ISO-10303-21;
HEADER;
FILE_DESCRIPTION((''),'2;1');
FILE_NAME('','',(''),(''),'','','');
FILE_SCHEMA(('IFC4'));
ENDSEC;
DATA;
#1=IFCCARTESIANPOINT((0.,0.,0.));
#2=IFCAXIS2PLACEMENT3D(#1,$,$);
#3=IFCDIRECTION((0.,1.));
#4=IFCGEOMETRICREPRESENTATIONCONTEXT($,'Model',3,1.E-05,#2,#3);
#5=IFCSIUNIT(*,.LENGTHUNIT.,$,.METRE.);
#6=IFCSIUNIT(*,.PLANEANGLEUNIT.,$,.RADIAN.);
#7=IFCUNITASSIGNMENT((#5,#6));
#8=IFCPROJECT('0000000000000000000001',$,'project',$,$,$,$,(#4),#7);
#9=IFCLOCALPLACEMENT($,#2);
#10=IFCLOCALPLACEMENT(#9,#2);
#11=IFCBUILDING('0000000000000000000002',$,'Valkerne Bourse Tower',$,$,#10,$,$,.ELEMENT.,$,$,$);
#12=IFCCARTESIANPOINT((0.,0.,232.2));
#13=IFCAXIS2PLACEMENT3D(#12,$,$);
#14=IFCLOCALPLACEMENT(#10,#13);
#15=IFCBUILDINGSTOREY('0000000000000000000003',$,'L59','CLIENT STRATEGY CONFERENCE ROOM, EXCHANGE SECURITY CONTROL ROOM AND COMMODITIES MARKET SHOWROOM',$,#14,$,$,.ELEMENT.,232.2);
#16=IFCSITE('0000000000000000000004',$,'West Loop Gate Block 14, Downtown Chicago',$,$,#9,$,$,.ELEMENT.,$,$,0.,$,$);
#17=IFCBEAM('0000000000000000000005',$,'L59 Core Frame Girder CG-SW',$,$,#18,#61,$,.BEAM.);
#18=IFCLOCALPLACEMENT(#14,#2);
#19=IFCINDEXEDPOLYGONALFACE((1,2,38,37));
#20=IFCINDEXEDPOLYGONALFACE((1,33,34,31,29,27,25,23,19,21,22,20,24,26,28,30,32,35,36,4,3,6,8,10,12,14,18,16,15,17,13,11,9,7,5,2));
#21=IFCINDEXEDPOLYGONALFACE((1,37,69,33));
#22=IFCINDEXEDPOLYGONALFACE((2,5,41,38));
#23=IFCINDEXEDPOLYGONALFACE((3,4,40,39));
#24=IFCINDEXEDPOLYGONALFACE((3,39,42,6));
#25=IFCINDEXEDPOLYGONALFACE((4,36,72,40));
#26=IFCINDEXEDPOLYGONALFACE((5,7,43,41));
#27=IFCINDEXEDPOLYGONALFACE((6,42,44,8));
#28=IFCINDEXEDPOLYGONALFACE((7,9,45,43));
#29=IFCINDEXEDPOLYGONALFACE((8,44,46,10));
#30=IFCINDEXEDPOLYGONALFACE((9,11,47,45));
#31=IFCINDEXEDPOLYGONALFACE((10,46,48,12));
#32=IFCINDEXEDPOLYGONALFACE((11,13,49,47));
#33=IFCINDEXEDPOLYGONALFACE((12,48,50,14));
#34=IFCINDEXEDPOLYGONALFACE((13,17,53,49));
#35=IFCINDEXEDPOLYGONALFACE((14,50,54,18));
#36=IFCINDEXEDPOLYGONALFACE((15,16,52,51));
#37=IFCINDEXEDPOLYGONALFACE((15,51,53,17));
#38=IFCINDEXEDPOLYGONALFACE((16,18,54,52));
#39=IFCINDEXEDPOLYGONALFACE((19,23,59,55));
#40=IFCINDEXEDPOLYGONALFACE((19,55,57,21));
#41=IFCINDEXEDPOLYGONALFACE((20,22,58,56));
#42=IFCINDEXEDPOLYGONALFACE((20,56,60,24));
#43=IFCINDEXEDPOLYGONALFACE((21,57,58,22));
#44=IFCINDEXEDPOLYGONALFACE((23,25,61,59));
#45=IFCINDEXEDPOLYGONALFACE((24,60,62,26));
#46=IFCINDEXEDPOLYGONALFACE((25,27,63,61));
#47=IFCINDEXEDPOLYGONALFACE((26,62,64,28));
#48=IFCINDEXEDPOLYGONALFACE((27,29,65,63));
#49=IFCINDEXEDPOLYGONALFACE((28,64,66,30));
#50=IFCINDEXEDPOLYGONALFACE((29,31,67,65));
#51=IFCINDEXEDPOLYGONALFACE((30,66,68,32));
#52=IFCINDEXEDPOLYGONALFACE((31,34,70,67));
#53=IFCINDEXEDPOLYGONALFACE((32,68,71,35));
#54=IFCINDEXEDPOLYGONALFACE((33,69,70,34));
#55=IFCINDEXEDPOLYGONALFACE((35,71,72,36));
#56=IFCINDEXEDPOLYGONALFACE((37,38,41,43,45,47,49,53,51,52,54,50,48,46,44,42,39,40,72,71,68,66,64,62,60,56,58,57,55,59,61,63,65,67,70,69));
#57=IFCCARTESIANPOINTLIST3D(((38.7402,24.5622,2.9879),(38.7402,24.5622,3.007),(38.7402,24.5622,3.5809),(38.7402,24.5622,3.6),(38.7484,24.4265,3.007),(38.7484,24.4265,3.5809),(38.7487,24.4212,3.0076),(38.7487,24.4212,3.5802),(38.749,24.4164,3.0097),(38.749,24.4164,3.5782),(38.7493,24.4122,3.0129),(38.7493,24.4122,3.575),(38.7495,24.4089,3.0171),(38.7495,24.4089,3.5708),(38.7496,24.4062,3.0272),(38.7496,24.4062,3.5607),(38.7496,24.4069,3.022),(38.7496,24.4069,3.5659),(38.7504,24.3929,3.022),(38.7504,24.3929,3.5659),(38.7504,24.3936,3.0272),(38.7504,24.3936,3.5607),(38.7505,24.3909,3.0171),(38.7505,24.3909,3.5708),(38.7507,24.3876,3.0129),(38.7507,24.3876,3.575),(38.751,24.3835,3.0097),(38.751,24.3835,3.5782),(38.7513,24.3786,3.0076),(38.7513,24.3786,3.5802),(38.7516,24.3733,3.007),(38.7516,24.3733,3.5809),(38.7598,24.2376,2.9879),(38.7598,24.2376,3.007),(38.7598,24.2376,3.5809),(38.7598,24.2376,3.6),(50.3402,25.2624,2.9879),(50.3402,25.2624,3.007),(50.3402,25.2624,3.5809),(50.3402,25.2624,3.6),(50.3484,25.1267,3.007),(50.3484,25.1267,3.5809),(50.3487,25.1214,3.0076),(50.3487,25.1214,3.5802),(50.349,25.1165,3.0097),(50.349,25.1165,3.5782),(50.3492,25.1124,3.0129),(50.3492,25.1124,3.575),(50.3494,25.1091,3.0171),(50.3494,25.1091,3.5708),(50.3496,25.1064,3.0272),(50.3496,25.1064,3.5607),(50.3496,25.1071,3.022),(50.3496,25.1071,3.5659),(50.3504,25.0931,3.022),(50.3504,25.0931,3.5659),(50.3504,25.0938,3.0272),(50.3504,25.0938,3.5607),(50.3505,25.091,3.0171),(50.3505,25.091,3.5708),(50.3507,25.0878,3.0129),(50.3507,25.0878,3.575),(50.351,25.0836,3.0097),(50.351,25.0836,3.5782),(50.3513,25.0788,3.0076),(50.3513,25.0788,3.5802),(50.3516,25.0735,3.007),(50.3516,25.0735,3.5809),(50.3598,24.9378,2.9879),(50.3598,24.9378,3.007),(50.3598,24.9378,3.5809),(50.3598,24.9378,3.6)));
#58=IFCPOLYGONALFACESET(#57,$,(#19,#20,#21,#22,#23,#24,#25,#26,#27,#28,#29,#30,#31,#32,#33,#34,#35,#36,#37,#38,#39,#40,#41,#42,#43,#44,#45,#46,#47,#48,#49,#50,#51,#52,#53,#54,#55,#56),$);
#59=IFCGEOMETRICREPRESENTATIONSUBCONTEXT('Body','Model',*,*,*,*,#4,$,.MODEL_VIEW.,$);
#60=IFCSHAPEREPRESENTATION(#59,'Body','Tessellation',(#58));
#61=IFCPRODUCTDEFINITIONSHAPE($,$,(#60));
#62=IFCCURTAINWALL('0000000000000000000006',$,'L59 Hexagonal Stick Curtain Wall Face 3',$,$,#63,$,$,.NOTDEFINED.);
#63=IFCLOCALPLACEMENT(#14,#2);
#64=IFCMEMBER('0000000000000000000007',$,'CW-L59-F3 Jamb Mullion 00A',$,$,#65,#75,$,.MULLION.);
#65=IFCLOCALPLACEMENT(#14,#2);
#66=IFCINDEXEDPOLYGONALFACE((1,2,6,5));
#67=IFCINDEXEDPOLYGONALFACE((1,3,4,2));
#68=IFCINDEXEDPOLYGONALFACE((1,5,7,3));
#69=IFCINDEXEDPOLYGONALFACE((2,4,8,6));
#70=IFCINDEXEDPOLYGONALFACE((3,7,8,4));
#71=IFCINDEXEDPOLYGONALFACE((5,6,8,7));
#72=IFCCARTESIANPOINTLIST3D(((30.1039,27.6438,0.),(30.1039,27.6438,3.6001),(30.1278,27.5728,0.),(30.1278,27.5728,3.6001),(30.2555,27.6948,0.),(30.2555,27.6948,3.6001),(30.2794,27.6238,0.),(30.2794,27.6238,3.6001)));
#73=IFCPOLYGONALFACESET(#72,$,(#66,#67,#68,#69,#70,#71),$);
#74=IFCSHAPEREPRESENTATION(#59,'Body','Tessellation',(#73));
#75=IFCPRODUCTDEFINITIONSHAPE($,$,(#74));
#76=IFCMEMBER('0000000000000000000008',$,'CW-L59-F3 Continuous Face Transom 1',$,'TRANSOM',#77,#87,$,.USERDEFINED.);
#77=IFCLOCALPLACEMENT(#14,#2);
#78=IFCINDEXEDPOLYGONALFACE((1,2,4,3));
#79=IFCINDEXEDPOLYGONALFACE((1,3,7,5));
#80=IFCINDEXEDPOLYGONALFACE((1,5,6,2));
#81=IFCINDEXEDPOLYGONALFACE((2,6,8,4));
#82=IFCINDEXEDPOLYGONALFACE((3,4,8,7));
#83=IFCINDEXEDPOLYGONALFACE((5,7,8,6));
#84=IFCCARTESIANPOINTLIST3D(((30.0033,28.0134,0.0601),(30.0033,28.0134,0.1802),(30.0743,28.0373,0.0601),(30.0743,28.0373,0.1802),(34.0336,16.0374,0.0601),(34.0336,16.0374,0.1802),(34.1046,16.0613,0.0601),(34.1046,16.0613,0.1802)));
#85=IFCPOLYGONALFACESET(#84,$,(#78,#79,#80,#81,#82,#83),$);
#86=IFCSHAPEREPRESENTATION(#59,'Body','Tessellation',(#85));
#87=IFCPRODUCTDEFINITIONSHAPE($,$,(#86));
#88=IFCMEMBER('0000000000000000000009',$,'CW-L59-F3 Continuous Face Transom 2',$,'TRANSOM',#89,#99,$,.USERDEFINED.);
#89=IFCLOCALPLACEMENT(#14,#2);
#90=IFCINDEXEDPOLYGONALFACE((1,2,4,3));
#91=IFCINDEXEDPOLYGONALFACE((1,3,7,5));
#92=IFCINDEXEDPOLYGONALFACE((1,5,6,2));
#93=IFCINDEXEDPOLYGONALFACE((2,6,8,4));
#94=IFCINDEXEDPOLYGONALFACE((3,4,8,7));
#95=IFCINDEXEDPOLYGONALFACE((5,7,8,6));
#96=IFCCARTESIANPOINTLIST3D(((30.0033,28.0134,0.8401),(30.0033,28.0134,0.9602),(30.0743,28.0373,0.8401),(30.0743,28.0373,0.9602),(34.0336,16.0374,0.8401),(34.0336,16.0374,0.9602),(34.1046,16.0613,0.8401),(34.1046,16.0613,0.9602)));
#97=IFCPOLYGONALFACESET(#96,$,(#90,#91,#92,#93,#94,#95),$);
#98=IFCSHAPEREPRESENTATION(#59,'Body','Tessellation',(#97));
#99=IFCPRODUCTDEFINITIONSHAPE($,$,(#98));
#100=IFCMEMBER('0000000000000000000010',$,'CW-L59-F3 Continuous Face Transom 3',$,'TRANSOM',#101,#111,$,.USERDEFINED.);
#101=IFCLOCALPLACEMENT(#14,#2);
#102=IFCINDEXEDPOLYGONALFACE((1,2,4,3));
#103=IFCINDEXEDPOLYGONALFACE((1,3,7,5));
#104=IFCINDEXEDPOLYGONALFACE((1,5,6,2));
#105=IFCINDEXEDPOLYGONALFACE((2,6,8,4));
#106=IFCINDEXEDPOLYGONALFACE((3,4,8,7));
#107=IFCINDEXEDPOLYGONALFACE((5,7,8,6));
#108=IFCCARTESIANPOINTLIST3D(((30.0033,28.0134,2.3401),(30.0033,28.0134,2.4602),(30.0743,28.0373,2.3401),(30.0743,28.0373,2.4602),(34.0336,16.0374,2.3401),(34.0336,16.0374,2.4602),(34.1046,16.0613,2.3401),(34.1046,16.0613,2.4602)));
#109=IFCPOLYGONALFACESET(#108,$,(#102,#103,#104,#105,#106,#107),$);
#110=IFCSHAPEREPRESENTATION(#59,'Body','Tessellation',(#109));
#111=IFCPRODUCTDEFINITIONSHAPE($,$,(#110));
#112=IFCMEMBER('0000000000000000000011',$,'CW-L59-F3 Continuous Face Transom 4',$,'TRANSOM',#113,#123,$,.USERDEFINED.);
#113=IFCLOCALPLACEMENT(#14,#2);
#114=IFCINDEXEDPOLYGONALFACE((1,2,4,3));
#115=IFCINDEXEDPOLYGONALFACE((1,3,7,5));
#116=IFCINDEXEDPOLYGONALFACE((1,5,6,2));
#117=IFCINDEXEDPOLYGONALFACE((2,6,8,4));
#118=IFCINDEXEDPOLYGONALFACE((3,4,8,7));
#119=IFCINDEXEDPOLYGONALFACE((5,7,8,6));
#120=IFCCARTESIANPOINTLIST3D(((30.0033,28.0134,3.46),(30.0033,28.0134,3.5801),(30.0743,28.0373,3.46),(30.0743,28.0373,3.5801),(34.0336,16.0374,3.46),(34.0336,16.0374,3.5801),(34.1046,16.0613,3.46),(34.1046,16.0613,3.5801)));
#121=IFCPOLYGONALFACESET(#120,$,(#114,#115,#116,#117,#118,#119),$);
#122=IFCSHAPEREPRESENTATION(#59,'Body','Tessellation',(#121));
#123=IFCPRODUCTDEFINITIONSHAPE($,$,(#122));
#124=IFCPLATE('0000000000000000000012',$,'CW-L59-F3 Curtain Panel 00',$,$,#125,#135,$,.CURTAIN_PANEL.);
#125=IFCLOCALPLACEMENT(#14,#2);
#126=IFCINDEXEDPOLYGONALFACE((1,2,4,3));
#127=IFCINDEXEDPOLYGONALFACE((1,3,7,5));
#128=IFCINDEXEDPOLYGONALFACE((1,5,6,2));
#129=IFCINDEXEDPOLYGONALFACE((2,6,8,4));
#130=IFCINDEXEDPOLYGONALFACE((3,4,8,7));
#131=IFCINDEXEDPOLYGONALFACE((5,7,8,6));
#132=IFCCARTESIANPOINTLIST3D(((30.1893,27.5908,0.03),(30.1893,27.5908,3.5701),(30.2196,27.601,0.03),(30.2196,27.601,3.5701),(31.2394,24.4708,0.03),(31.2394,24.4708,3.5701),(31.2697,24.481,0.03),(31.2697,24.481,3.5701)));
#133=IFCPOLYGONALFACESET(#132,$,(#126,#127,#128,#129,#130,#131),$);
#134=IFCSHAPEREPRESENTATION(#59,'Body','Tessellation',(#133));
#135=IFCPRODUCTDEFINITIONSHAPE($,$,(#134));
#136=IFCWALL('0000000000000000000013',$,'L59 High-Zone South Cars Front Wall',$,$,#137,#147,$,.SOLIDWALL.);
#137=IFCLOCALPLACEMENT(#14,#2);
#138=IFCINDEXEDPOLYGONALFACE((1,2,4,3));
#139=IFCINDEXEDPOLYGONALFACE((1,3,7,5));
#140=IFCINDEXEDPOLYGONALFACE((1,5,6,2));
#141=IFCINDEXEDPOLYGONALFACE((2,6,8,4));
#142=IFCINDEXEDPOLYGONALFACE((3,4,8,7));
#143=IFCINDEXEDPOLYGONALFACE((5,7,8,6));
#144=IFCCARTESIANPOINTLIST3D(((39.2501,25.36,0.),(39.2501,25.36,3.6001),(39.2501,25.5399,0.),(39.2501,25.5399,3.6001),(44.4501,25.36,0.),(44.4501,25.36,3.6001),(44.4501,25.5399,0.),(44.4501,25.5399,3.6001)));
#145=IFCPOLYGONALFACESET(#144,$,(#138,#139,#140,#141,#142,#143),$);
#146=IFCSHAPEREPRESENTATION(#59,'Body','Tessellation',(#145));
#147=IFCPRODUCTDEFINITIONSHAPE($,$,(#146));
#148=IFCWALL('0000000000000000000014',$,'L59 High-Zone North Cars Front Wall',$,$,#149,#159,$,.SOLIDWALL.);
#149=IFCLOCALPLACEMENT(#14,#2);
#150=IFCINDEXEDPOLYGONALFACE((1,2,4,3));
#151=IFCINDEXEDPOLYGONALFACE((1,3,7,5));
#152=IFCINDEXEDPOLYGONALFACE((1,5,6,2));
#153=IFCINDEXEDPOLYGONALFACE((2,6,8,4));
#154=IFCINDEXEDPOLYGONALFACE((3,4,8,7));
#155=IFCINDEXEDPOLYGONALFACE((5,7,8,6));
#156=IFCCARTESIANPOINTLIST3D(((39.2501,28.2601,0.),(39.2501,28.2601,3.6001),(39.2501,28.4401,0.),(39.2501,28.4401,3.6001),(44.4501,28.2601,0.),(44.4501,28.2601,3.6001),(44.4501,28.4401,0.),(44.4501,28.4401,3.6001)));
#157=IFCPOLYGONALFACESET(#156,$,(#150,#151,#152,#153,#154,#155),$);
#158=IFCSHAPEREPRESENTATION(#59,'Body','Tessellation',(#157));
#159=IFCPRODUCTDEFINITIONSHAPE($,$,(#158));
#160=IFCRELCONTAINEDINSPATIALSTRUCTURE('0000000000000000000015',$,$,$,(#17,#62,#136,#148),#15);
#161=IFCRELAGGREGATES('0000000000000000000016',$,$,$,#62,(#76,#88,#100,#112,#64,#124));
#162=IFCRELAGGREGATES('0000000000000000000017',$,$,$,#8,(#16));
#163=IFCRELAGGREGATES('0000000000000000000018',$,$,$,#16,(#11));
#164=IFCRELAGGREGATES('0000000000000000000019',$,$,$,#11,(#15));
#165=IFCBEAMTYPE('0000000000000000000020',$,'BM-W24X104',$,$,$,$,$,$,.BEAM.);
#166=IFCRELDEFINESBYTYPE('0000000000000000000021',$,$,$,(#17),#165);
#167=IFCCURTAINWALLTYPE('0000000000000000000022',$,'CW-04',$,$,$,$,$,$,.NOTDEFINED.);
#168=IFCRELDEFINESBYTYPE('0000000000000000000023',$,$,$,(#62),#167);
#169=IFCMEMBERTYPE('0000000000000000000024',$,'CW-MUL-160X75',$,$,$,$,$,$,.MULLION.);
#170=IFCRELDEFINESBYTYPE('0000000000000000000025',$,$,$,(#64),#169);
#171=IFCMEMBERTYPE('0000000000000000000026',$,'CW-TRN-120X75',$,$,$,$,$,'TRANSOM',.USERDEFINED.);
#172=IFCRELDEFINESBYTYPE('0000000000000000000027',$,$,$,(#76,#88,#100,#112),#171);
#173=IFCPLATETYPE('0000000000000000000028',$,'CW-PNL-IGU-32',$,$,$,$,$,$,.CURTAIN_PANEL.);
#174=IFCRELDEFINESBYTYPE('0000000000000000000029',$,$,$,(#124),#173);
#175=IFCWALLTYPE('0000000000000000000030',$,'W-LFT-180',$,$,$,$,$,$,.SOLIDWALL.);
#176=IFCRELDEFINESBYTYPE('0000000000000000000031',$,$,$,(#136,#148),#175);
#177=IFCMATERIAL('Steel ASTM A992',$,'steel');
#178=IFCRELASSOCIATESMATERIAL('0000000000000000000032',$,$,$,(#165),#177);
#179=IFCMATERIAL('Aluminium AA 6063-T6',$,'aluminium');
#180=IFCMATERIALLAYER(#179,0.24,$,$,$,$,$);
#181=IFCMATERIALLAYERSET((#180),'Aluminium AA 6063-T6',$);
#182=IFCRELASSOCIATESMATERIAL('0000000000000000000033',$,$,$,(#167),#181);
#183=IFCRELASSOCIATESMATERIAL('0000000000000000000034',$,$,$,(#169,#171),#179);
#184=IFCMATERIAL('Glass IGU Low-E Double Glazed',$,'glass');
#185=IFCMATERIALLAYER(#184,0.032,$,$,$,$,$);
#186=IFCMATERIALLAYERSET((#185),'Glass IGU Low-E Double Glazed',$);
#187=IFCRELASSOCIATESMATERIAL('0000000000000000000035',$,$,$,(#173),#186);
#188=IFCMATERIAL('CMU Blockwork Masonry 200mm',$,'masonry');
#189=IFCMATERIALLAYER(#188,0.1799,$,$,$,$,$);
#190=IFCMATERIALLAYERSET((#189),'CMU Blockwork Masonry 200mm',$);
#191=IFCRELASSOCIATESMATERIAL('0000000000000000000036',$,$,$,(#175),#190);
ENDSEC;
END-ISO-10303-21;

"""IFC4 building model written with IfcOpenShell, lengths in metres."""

from ifc_helpers import new_model, si_unit, direction, frame, frame_2d, origin, origin_2d, place, context, subcontext, project, spatial, rectangle, i_section, extrude, material, layer, layer_set, material_profile, profile_set, type_object, element, aggregate, save


model = new_model("IFC4")

# Units and contexts
model_context = context("Model", 3, precision=1e-05, world=origin(), true_north=direction((0.0, 1.0)))
body_context = subcontext(model_context, "Body", "Model", "MODEL_VIEW")
ifc_project = project(units=[si_unit("LENGTHUNIT", "METRE"), si_unit("PLANEANGLEUNIT", "RADIAN")], contexts=[model_context])

# Site, building, storey
site_placement = place(None, origin())
site = spatial("IfcSite", under=ifc_project, at=site_placement, Name="West Loop Gate Block 14, Downtown Chicago", CompositionType="ELEMENT", RefElevation=0.0)
building_placement = place(site_placement, origin())
building = spatial("IfcBuilding", under=site, at=building_placement, Name="Valkerne Bourse Tower", CompositionType="ELEMENT")
storey_placement = place(building_placement, frame((0.0, 0.0, 232.2)))
storey = spatial("IfcBuildingStorey", under=building, at=storey_placement, Name="L59", Description="CLIENT STRATEGY CONFERENCE ROOM, EXCHANGE SECURITY CONTROL ROOM AND COMMODITIES MARKET SHOWROOM", CompositionType="ELEMENT", Elevation=232.2)

# Beam
ifc_material_1 = material(Name="Steel ASTM A992", Category="steel")
ifc_material_profile_1 = material_profile(ifc_material_1, i_section(OverallWidth=0.3252, OverallDepth=0.6121, WebThickness=0.0127, FlangeThickness=0.019, FilletRadius=0.0203, at=origin_2d()), Name="W24X104")
ifc_profile_set_1 = profile_set([ifc_material_profile_1], Name="Steel ASTM A992")
beam_type_1 = type_object("IfcBeamType", Name="BM-W24X104", PredefinedType="BEAM", material=ifc_profile_set_1)
beam_1_placement = place(storey_placement, frame((38.75, 24.3999, 3.2939), z_axis=(0.998183, 0.060251, 0.0), x_axis=(-0.060251, 0.998183, 0.0)))
element("IfcBeam", 1, at=beam_1_placement, inside=storey, type_object=beam_type_1, Name="L59 Core Frame Girder CG-SW", PredefinedType="BEAM", context=body_context, shape_type="SweptSolid", body=[
    extrude(i_section(OverallWidth=0.3252, OverallDepth=0.6121, WebThickness=0.0127, FlangeThickness=0.019, FilletRadius=0.0203, at=origin_2d()), origin(), (0.0, 0.0, 1.0), 11.6211),
])

# Curtain wall, members, plate
ifc_material_2 = material(Name="Aluminium AA 6063-T6", Category="aluminium")
ifc_layer_1 = layer(ifc_material_2, 0.24)
ifc_layer_set_1 = layer_set([ifc_layer_1], Name="Aluminium AA 6063-T6")
curtain_wall_type = type_object("IfcCurtainWallType", Name="CW-04", PredefinedType="NOTDEFINED", material=ifc_layer_set_1)
curtain_wall_placement = place(storey_placement, origin())
curtain_wall = element("IfcCurtainWall", 2, at=curtain_wall_placement, inside=storey, type_object=curtain_wall_type, Name="L59 Hexagonal Stick Curtain Wall Face 3", PredefinedType="NOTDEFINED")
ifc_material_profile_2 = material_profile(ifc_material_2, rectangle(XDim=0.075, YDim=0.1599, at=origin_2d()), Name="CWM-75X160")
ifc_profile_set_2 = profile_set([ifc_material_profile_2], Name="Aluminium AA 6063-T6")
member_type_1 = type_object("IfcMemberType", Name="CW-MUL-160X75", PredefinedType="MULLION", material=ifc_profile_set_2)
member_1_placement = place(storey_placement, frame((30.1917, 27.6338, 0.0), z_axis=(0.0, 0.0, 1.0), x_axis=(0.318969, -0.947765, 0.0)))
member_1 = element("IfcMember", 3, at=member_1_placement, type_object=member_type_1, Name="CW-L59-F3 Jamb Mullion 00A", PredefinedType="MULLION", context=body_context, shape_type="SweptSolid", body=[
    extrude(rectangle(XDim=0.075, YDim=0.1599, at=origin_2d()), origin(), (0.0, 0.0, 1.0), 3.6001),
])
ifc_material_profile_3 = material_profile(ifc_material_2, rectangle(XDim=0.075, YDim=0.1201, at=origin_2d()), Name="CWT-75X120")
ifc_profile_set_3 = profile_set([ifc_material_profile_3], Name="Aluminium AA 6063-T6")
member_type_2 = type_object("IfcMemberType", Name="CW-TRN-120X75", ElementType="TRANSOM", PredefinedType="USERDEFINED", material=ifc_profile_set_3)
member_2_placement = place(storey_placement, frame((30.0388, 28.0254, 0.1201), z_axis=(0.318951, -0.947771, 0.0), x_axis=(0.947771, 0.318951, 0.0)))
member_2 = element("IfcMember", 4, at=member_2_placement, type_object=member_type_2, Name="CW-L59-F3 Continuous Face Transom 1", ObjectType="TRANSOM", PredefinedType="USERDEFINED", context=body_context, shape_type="SweptSolid", body=[
    extrude(rectangle(XDim=0.075, YDim=0.1201, at=origin_2d()), origin(), (0.0, 0.0, 1.0), 12.636),
])
member_3_placement = place(storey_placement, frame((30.0388, 28.0254, 0.9001), z_axis=(0.318951, -0.947771, 0.0), x_axis=(0.947771, 0.318951, 0.0)))
member_3 = element("IfcMember", 5, at=member_3_placement, type_object=member_type_2, Name="CW-L59-F3 Continuous Face Transom 2", ObjectType="TRANSOM", PredefinedType="USERDEFINED", context=body_context, shape_type="SweptSolid", body=[
    extrude(rectangle(XDim=0.075, YDim=0.1201, at=origin_2d()), origin(), (0.0, 0.0, 1.0), 12.636),
])
member_4_placement = place(storey_placement, frame((30.0388, 28.0254, 2.4001), z_axis=(0.318951, -0.947771, 0.0), x_axis=(0.947771, 0.318951, 0.0)))
member_4 = element("IfcMember", 6, at=member_4_placement, type_object=member_type_2, Name="CW-L59-F3 Continuous Face Transom 3", ObjectType="TRANSOM", PredefinedType="USERDEFINED", context=body_context, shape_type="SweptSolid", body=[
    extrude(rectangle(XDim=0.075, YDim=0.1201, at=origin_2d()), origin(), (0.0, 0.0, 1.0), 12.636),
])
member_5_placement = place(storey_placement, frame((30.0388, 28.0254, 3.52), z_axis=(0.318951, -0.947771, 0.0), x_axis=(0.947771, 0.318951, 0.0)))
member_5 = element("IfcMember", 7, at=member_5_placement, type_object=member_type_2, Name="CW-L59-F3 Continuous Face Transom 4", ObjectType="TRANSOM", PredefinedType="USERDEFINED", context=body_context, shape_type="SweptSolid", body=[
    extrude(rectangle(XDim=0.075, YDim=0.1201, at=origin_2d()), origin(), (0.0, 0.0, 1.0), 12.636),
])
ifc_material_3 = material(Name="Glass IGU Low-E Double Glazed", Category="glass")
ifc_layer_2 = layer(ifc_material_3, 0.032)
ifc_layer_set_2 = layer_set([ifc_layer_2], Name="Glass IGU Low-E Double Glazed")
plate_type = type_object("IfcPlateType", Name="CW-PNL-IGU-32", PredefinedType="CURTAIN_PANEL", material=ifc_layer_set_2)
plate_placement = place(storey_placement, frame((30.7295, 26.0359, 0.03), z_axis=(0.0, 0.0, 1.0), x_axis=(0.318969, -0.947765, 0.0)))
plate = element("IfcPlate", 8, at=plate_placement, type_object=plate_type, Name="CW-L59-F3 Curtain Panel 00", PredefinedType="CURTAIN_PANEL", context=body_context, shape_type="SweptSolid", body=[
    extrude(rectangle(XDim=3.292, YDim=0.032, at=origin_2d()), origin(), (0.0, 0.0, 1.0), 3.54),
])
aggregate(curtain_wall, [member_2, member_3, member_4, member_5, member_1, plate])

# Walls
ifc_material_4 = material(Name="CMU Blockwork Masonry 200mm", Category="masonry")
ifc_layer_3 = layer(ifc_material_4, 0.1799)
ifc_layer_set_3 = layer_set([ifc_layer_3], Name="CMU Blockwork Masonry 200mm")
wall_type = type_object("IfcWallType", Name="W-LFT-180", PredefinedType="SOLIDWALL", material=ifc_layer_set_3)
for number, where, z_axis, x_axis, name in (
    (9, (39.25, 25.45, 0.0), (0.0, 0.0, 1.0), (1.0, 0.0, 0.0), "L59 High-Zone South Cars Front Wall"),
    (10, (39.25, 28.3501, 0.0), (0.0, 0.0, 1.0), (1.0, 0.0, 0.0), "L59 High-Zone North Cars Front Wall"),
):
    element("IfcWall", number, at=place(storey_placement, frame(where, z_axis=z_axis, x_axis=x_axis)), inside=storey, type_object=wall_type, Name=name, PredefinedType="SOLIDWALL", context=body_context, shape_type="SweptSolid", body=[
        extrude(rectangle(XDim=5.2, YDim=0.1799, at=frame_2d((2.6001, 0.0))), origin(), (0.0, 0.0, 1.0), 3.6001),
    ])

save(model, "model.ifc")
